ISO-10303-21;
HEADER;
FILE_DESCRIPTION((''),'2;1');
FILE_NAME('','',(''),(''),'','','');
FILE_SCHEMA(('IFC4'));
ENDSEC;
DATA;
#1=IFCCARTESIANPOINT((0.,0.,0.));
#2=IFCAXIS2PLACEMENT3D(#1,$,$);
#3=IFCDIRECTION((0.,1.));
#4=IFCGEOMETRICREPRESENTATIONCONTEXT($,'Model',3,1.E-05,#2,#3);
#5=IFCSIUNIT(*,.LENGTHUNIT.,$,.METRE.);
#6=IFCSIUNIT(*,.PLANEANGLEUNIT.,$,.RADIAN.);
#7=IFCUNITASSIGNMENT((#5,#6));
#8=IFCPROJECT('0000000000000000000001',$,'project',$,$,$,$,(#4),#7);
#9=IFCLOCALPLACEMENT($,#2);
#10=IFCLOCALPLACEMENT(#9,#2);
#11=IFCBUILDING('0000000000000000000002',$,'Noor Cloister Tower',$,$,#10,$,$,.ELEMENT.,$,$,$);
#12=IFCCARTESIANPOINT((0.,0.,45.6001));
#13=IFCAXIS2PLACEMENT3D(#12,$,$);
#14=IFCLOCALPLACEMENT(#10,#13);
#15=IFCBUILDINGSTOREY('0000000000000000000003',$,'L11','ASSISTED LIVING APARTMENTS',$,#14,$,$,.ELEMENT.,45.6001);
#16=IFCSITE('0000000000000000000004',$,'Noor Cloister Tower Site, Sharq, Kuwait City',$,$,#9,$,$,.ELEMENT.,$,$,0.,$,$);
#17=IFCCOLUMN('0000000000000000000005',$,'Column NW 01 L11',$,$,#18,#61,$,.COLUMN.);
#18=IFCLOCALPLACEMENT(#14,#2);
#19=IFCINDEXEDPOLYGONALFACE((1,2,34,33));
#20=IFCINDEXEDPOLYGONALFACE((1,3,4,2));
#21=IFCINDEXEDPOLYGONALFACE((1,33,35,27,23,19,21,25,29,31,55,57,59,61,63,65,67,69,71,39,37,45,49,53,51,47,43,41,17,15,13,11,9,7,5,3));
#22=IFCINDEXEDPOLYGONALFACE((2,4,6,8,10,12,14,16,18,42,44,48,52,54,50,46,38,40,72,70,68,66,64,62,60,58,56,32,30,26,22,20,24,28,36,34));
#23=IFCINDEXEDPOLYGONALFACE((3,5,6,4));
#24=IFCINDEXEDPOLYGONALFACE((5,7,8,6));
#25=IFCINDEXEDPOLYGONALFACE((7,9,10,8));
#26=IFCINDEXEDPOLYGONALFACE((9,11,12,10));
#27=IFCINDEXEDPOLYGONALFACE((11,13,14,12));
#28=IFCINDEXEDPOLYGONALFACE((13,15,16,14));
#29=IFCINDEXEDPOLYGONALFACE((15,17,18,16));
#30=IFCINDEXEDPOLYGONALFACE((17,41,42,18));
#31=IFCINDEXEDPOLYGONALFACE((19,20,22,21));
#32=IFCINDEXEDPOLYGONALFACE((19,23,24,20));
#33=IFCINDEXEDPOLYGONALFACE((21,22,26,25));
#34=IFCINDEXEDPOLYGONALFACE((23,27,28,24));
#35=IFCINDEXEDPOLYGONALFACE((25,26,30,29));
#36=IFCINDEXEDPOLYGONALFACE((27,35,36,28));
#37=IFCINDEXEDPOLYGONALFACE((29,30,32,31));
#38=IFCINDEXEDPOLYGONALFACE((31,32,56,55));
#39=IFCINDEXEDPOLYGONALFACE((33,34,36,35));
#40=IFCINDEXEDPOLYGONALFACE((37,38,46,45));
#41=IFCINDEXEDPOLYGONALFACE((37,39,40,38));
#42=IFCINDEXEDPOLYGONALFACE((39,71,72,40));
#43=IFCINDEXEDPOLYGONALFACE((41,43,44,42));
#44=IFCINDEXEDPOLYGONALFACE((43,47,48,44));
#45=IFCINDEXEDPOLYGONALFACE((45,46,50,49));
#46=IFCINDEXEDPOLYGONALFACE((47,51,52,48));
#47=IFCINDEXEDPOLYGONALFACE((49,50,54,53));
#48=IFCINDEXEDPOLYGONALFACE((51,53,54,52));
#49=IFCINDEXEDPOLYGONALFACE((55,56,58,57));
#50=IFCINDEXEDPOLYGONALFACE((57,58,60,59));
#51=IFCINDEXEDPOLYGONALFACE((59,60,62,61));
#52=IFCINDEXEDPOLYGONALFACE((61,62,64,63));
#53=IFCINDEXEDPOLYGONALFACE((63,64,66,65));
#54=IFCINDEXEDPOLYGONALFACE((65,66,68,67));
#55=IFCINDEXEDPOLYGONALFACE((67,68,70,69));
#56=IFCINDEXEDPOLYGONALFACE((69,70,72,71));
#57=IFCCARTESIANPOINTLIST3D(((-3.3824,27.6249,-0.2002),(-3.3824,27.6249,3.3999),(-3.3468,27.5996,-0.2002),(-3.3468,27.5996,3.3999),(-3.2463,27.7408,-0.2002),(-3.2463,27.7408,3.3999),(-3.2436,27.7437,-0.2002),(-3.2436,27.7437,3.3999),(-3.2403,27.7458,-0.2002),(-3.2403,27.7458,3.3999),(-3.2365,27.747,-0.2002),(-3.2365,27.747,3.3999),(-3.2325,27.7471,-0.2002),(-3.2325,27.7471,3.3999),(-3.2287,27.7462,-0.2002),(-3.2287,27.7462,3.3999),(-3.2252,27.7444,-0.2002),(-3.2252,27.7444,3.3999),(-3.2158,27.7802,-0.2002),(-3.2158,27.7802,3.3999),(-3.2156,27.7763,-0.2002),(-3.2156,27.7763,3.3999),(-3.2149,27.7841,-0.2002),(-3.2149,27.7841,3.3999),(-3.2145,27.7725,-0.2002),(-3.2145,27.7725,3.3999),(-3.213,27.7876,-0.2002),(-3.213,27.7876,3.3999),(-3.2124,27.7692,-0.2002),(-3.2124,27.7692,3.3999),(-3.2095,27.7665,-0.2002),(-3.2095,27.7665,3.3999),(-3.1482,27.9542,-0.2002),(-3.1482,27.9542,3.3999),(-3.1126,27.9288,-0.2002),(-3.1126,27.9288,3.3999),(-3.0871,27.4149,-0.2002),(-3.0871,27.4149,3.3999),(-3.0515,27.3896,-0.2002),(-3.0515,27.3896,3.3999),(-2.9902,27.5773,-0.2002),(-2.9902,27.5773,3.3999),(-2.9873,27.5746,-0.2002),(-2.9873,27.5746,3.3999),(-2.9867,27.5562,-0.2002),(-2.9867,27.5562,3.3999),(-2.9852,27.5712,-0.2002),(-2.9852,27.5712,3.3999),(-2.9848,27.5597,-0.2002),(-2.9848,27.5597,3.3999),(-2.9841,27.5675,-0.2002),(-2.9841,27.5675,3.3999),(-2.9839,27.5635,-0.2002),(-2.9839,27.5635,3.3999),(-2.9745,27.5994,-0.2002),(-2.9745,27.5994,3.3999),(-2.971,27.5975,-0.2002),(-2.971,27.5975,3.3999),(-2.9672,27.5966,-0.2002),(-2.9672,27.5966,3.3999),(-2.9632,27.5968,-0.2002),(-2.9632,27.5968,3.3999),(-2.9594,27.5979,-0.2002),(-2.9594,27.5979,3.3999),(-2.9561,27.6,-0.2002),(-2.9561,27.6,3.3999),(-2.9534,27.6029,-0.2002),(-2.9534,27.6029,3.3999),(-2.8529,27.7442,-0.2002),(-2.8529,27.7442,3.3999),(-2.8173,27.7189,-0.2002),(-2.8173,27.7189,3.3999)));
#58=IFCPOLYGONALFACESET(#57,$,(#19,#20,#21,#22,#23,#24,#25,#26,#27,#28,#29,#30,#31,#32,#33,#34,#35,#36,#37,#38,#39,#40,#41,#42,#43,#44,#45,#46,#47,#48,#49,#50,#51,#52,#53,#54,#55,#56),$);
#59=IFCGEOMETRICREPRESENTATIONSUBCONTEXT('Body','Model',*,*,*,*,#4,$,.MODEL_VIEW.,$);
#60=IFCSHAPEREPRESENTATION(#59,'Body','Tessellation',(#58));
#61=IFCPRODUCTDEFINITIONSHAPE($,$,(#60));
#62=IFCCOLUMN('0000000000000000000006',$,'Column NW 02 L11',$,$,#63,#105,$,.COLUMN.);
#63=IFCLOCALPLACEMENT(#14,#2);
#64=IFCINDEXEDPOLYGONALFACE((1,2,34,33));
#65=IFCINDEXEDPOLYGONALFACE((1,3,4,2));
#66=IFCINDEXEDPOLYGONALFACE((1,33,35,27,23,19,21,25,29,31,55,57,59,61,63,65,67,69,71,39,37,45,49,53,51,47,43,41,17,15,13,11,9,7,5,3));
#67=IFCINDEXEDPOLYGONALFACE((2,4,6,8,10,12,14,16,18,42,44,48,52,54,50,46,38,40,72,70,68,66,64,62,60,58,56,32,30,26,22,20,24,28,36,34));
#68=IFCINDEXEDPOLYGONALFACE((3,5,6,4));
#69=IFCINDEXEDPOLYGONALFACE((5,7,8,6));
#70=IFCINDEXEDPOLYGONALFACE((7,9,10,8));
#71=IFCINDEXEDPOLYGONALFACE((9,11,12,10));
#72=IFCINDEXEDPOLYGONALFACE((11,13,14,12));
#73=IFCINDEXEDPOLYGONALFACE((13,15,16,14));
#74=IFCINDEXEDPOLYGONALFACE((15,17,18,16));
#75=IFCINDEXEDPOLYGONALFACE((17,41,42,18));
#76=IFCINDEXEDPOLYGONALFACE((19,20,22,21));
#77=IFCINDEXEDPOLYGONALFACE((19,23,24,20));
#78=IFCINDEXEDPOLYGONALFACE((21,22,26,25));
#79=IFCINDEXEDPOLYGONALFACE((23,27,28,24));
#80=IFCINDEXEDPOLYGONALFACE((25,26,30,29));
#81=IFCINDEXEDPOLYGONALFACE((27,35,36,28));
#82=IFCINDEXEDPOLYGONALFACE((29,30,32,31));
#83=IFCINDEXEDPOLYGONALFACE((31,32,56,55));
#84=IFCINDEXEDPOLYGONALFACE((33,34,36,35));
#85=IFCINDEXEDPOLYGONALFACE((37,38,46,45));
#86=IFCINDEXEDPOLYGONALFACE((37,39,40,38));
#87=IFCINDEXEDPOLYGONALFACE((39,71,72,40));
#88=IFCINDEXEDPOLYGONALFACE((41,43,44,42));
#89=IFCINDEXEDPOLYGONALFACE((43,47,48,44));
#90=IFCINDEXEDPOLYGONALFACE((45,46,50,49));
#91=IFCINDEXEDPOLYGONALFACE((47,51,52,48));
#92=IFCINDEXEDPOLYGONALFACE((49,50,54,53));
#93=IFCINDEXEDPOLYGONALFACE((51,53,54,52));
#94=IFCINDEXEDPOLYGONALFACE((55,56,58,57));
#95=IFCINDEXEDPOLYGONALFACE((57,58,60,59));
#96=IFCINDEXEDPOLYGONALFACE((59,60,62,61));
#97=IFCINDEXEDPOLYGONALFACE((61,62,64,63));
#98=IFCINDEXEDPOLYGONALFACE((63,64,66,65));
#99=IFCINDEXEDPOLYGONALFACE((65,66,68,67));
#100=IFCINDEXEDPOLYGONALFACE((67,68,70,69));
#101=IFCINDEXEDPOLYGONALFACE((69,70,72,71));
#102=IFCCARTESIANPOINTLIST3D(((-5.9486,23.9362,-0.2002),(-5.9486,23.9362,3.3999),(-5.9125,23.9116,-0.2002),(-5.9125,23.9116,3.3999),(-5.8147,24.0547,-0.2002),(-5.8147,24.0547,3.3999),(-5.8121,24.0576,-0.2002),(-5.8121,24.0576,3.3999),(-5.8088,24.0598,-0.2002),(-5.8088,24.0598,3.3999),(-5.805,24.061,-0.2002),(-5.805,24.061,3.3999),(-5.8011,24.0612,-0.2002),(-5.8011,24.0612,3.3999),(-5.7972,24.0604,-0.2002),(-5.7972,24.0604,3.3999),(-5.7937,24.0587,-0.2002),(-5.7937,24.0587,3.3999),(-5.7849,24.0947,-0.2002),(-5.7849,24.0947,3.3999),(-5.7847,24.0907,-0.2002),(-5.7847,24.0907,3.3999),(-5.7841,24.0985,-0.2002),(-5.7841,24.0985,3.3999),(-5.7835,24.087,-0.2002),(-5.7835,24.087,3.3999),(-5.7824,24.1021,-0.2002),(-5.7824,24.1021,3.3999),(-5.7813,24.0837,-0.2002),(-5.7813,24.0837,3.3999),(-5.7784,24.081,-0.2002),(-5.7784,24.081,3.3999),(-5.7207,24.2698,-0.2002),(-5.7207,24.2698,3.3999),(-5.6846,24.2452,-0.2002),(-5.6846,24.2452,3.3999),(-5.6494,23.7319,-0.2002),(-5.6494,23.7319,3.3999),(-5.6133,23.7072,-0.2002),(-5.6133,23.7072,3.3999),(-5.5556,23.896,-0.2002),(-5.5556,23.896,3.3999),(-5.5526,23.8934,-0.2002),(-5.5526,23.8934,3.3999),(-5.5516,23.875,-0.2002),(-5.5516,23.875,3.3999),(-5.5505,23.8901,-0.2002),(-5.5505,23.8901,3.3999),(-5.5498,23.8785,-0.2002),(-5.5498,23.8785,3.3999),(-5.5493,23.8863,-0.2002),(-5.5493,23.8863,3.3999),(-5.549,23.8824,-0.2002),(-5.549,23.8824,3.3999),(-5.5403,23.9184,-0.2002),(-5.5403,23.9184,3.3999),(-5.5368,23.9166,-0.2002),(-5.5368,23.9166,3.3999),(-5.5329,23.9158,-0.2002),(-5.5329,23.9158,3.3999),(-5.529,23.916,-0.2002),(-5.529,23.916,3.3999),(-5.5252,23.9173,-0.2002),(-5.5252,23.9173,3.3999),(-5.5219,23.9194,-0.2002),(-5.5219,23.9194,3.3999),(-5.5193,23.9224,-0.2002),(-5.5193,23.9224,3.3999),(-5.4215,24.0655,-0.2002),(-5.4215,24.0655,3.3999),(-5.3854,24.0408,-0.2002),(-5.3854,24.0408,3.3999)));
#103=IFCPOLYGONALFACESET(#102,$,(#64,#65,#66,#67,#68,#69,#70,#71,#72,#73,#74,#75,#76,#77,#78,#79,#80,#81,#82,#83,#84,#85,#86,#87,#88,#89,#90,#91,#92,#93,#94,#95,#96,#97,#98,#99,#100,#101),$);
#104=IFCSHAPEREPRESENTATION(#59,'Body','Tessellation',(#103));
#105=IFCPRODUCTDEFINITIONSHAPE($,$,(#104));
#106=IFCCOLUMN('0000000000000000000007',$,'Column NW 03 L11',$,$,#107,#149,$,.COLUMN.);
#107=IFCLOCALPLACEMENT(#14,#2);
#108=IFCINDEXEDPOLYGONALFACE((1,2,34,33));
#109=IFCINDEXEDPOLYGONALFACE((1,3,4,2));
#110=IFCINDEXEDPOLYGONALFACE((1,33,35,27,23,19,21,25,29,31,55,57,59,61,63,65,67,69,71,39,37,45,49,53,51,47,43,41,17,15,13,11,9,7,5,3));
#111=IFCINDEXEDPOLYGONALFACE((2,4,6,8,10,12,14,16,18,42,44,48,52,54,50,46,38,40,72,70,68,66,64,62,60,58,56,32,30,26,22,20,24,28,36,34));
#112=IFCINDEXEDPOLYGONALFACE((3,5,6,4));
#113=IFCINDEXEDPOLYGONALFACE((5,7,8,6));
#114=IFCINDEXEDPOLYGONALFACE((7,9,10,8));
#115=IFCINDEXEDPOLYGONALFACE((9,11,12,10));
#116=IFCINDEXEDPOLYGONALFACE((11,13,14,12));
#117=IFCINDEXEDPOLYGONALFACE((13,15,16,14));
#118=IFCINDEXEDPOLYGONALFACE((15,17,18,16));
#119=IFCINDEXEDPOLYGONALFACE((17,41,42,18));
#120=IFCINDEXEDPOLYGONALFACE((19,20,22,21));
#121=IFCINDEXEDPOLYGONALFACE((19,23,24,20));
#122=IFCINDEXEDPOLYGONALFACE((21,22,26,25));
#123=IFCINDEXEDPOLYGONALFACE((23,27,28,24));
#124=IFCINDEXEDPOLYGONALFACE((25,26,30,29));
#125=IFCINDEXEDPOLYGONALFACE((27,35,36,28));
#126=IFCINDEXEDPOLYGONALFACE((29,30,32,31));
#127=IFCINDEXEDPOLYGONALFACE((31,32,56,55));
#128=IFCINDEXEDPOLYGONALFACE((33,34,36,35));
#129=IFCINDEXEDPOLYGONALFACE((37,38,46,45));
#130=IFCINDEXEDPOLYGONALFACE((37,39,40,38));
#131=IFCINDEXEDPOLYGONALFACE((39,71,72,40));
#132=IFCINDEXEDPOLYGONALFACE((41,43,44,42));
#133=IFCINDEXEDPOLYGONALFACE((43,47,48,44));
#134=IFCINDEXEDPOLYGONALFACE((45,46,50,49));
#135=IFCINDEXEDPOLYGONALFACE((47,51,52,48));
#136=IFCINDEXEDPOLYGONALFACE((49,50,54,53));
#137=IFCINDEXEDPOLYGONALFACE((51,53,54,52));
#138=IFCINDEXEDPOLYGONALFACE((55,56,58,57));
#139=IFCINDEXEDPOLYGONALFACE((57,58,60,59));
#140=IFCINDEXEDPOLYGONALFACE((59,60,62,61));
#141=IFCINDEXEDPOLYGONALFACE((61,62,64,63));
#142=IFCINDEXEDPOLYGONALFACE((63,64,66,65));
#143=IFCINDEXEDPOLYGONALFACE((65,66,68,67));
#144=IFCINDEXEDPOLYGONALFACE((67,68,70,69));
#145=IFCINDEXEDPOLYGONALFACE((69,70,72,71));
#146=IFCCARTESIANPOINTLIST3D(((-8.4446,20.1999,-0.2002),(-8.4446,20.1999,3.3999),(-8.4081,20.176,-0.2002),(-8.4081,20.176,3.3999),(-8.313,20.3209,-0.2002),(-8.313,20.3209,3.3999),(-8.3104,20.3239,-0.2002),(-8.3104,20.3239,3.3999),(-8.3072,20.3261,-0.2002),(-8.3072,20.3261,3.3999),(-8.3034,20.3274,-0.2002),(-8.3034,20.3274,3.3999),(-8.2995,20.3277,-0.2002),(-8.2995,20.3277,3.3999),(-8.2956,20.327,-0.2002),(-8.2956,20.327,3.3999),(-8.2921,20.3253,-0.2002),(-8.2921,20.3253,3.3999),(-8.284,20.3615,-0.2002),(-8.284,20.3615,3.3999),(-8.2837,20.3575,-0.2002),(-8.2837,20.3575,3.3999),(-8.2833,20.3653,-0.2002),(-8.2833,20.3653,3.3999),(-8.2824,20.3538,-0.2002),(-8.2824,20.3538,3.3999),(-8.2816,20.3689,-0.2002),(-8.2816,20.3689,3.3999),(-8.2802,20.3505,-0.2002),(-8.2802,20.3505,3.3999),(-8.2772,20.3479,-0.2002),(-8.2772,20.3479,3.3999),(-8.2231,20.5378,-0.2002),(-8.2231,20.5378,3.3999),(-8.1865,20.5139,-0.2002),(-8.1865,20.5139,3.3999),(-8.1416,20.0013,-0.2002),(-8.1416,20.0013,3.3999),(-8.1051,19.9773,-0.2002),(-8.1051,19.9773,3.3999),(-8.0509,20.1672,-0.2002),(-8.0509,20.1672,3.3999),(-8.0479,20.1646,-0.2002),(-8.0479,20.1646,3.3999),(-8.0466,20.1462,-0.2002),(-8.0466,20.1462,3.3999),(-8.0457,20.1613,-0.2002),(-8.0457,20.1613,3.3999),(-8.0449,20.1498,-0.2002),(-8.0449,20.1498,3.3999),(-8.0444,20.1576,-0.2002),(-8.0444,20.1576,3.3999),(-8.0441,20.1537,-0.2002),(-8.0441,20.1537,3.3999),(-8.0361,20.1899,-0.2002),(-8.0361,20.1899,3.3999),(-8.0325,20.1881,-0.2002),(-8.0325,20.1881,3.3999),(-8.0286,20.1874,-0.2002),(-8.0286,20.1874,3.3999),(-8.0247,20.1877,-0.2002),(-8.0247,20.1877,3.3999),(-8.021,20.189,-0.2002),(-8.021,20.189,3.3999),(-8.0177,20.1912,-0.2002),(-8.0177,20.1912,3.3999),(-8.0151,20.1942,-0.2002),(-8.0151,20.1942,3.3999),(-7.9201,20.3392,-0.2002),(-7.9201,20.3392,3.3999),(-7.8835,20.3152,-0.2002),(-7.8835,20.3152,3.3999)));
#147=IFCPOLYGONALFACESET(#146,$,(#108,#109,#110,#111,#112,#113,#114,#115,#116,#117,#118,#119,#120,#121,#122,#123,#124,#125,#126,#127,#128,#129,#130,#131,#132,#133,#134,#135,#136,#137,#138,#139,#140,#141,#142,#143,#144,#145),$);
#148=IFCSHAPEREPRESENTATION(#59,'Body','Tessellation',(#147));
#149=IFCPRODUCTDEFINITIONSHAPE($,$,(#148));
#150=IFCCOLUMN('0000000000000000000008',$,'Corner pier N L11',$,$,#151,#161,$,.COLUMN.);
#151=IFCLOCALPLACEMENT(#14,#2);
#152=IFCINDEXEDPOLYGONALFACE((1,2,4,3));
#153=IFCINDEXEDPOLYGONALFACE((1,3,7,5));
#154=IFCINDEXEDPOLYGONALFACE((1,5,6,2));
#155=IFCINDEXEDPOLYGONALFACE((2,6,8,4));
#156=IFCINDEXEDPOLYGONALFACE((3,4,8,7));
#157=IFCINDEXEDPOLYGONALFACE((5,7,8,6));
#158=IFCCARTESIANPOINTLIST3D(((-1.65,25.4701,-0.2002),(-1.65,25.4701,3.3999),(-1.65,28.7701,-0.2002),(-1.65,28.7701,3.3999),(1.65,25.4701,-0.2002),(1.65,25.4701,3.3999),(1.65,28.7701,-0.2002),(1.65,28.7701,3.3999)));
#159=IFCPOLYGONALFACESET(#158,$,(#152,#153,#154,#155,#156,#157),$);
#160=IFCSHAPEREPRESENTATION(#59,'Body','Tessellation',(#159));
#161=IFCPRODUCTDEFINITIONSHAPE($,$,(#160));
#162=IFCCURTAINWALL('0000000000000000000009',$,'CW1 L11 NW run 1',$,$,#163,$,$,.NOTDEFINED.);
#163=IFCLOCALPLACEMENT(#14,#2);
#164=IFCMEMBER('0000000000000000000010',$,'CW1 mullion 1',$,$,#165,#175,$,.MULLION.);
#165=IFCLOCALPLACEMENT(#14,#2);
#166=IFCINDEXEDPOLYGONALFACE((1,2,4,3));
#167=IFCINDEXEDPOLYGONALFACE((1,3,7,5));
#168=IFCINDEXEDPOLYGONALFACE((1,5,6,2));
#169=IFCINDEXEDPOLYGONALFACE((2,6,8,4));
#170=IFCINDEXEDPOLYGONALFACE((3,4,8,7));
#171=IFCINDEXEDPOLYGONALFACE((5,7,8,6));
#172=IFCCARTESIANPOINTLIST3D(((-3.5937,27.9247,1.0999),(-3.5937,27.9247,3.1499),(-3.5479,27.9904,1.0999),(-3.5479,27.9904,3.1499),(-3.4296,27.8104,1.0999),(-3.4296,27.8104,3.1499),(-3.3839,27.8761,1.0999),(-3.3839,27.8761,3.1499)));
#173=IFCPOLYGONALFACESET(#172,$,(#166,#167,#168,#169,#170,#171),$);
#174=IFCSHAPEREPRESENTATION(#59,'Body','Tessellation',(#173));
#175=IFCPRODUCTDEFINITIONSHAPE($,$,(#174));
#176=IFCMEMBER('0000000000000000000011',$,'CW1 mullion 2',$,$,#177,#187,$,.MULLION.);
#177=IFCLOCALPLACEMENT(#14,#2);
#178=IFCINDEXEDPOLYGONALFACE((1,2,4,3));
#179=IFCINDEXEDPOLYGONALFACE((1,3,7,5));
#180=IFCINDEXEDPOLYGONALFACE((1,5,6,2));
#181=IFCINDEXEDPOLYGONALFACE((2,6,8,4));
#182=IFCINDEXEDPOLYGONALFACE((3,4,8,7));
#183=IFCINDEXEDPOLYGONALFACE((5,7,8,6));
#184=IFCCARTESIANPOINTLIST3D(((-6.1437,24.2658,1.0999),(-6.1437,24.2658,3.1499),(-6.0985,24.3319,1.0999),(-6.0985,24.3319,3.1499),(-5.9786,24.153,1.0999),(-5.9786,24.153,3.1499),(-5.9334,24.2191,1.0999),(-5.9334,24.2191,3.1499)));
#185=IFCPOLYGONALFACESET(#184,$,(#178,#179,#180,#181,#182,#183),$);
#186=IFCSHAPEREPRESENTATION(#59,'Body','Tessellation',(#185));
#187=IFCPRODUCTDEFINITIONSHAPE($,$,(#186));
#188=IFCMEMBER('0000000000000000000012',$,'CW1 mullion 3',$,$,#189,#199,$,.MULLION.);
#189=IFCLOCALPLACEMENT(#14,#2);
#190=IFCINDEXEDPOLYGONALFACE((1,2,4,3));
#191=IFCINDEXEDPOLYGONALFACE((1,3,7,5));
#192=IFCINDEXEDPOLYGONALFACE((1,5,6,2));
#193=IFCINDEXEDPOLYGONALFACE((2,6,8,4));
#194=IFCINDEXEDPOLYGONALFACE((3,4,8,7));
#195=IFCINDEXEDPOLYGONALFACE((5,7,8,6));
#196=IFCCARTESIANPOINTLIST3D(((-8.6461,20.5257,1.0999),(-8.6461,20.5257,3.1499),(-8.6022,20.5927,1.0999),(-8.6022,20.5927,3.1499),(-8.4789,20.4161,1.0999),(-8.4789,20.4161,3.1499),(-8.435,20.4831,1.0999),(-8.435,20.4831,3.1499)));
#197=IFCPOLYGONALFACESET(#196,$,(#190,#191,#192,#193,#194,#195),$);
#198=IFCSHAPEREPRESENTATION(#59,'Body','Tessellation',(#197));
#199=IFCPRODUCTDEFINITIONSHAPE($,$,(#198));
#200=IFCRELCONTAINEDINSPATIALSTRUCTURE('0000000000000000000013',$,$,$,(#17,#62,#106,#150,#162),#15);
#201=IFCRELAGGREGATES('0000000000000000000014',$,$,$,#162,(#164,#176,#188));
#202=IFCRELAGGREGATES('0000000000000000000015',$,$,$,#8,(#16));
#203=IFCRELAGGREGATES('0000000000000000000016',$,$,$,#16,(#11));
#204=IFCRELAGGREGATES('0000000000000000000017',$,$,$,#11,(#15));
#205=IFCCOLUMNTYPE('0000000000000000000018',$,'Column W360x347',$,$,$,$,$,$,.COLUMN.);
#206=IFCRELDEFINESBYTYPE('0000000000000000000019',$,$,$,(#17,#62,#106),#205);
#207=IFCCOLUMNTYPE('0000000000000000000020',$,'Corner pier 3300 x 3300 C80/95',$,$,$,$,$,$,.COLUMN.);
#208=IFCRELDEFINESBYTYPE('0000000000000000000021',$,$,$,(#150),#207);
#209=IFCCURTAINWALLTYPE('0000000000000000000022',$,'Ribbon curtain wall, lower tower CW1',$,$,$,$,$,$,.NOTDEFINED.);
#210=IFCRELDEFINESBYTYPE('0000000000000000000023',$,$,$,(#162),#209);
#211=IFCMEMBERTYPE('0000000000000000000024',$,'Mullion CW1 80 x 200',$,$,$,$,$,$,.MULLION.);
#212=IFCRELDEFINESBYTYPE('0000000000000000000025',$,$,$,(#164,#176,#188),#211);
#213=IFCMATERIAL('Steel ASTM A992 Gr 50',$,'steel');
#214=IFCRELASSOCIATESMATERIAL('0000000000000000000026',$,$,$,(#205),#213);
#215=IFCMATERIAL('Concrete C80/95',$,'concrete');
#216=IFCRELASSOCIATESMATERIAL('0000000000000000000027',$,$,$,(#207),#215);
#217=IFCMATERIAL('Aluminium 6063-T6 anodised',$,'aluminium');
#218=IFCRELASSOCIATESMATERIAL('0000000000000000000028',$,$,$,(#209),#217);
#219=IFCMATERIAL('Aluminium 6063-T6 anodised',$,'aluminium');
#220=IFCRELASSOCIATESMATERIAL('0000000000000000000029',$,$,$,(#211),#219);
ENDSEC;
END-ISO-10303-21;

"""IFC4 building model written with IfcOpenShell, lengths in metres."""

from ifc_helpers import new_model, si_unit, direction, frame, origin, origin_2d, place, context, subcontext, project, spatial, rectangle, i_section, extrude, material, material_profile, profile_set, type_object, element, aggregate, save


model = new_model("IFC4")

# Units and contexts
model_context = context("Model", 3, precision=1e-05, world=origin(), true_north=direction((0.0, 1.0)))
body_context = subcontext(model_context, "Body", "Model", "MODEL_VIEW")
ifc_project = project(units=[si_unit("LENGTHUNIT", "METRE"), si_unit("PLANEANGLEUNIT", "RADIAN")], contexts=[model_context])

# Site, building, storey
site_placement = place(None, origin())
site = spatial("IfcSite", under=ifc_project, at=site_placement, Name="Noor Cloister Tower Site, Sharq, Kuwait City", CompositionType="ELEMENT", RefElevation=0.0)
building_placement = place(site_placement, origin())
building = spatial("IfcBuilding", under=site, at=building_placement, Name="Noor Cloister Tower", CompositionType="ELEMENT")
storey_placement = place(building_placement, frame((0.0, 0.0, 45.6001)))
storey = spatial("IfcBuildingStorey", under=building, at=storey_placement, Name="L11", Description="ASSISTED LIVING APARTMENTS", CompositionType="ELEMENT", Elevation=45.6001)

# Columns
ifc_material_1 = material(Name="Steel ASTM A992 Gr 50", Category="steel")
ifc_material_profile_1 = material_profile(ifc_material_1, i_section(OverallWidth=0.4041, OverallDepth=0.406, WebThickness=0.0271, FlangeThickness=0.0437, FilletRadius=0.0151, at=origin_2d()), Name="W360x347")
ifc_profile_set_1 = profile_set([ifc_material_profile_1], Name="Steel ASTM A992 Gr 50")
column_type_1 = type_object("IfcColumnType", Name="Column W360x347", PredefinedType="COLUMN", material=ifc_profile_set_1)
for number, where, z_axis, x_axis, name in (
    (1, (-3.0999, 27.6719, -0.2002), (0.0, 0.0, 1.0), (-0.579552, -0.814936, 0.0), "Column NW 01 L11"),
    (2, (-5.667, 23.9885, -0.2002), (0.0, 0.0, 1.0), (-0.564034, -0.825752, 0.0), "Column NW 02 L11"),
    (3, (-8.1641, 20.2576, -0.2002), (0.0, 0.0, 1.0), (-0.548314, -0.836273, 0.0), "Column NW 03 L11"),
):
    element("IfcColumn", number, at=place(storey_placement, frame(where, z_axis=z_axis, x_axis=x_axis)), inside=storey, type_object=column_type_1, Name=name, PredefinedType="COLUMN", context=body_context, shape_type="SweptSolid", body=[
        extrude(i_section(OverallWidth=0.4041, OverallDepth=0.406, WebThickness=0.0271, FlangeThickness=0.0437, FilletRadius=0.0151, at=origin_2d()), origin(), (0.0, 0.0, 1.0), 3.6001),
    ])
ifc_material_2 = material(Name="Concrete C80/95", Category="concrete")
ifc_material_profile_2 = material_profile(ifc_material_2, rectangle(XDim=3.3, YDim=3.3, at=origin_2d()), Name="RC 3300x3300")
ifc_profile_set_2 = profile_set([ifc_material_profile_2], Name="Concrete C80/95")
column_type_2 = type_object("IfcColumnType", Name="Corner pier 3300 x 3300 C80/95", PredefinedType="COLUMN", material=ifc_profile_set_2)
column_placement = place(storey_placement, frame((0.0, 27.1201, -0.2002), z_axis=(0.0, 0.0, 1.0), x_axis=(0.0, 1.0, 0.0)))
element("IfcColumn", 4, at=column_placement, inside=storey, type_object=column_type_2, Name="Corner pier N L11", PredefinedType="COLUMN", context=body_context, shape_type="SweptSolid", body=[
    extrude(rectangle(XDim=3.3, YDim=3.3, at=origin_2d()), origin(), (0.0, 0.0, 1.0), 3.6001),
])

# Curtain wall, members
ifc_material_3 = material(Name="Aluminium 6063-T6 anodised", Category="aluminium")
curtain_wall_type = type_object("IfcCurtainWallType", Name="Ribbon curtain wall, lower tower CW1", PredefinedType="NOTDEFINED", material=ifc_material_3)
curtain_wall_placement = place(storey_placement, origin())
curtain_wall = element("IfcCurtainWall", 5, at=curtain_wall_placement, inside=storey, type_object=curtain_wall_type, Name="CW1 L11 NW run 1", PredefinedType="NOTDEFINED")
ifc_material_4 = material(Name="Aluminium 6063-T6 anodised", Category="aluminium")
ifc_material_profile_3 = material_profile(ifc_material_4, rectangle(XDim=0.2, YDim=0.0801, at=origin_2d()), Name="200 x 80 mullion")
ifc_profile_set_3 = profile_set([ifc_material_profile_3], Name="Aluminium 6063-T6 anodised")
member_type = type_object("IfcMemberType", Name="Mullion CW1 80 x 200", PredefinedType="MULLION", material=ifc_profile_set_3)
member_1_placement = place(storey_placement, frame((-3.4888, 27.9004, 1.0999), z_axis=(0.0, 0.0, 1.0), x_axis=(0.82038, -0.571818, 0.0)))
member_1 = element("IfcMember", 6, at=member_1_placement, type_object=member_type, Name="CW1 mullion 1", PredefinedType="MULLION", context=body_context, shape_type="SweptSolid", body=[
    extrude(rectangle(XDim=0.2, YDim=0.0801, at=origin_2d()), origin(), (0.0, 0.0, 1.0), 2.05),
])
member_2_placement = place(storey_placement, frame((-6.0386, 24.2424, 1.0999), z_axis=(0.0, 0.0, 1.0), x_axis=(0.825752, -0.564034, 0.0)))
member_2 = element("IfcMember", 7, at=member_2_placement, type_object=member_type, Name="CW1 mullion 2", PredefinedType="MULLION", context=body_context, shape_type="SweptSolid", body=[
    extrude(rectangle(XDim=0.2, YDim=0.0801, at=origin_2d()), origin(), (0.0, 0.0, 1.0), 2.05),
])
member_3_placement = place(storey_placement, frame((-8.5405, 20.5044, 1.0999), z_axis=(0.0, 0.0, 1.0), x_axis=(0.836273, -0.548314, 0.0)))
member_3 = element("IfcMember", 8, at=member_3_placement, type_object=member_type, Name="CW1 mullion 3", PredefinedType="MULLION", context=body_context, shape_type="SweptSolid", body=[
    extrude(rectangle(XDim=0.2, YDim=0.0801, at=origin_2d()), origin(), (0.0, 0.0, 1.0), 2.05),
])

aggregate(curtain_wall, [member_1, member_2, member_3])

save(model, "model.ifc")
